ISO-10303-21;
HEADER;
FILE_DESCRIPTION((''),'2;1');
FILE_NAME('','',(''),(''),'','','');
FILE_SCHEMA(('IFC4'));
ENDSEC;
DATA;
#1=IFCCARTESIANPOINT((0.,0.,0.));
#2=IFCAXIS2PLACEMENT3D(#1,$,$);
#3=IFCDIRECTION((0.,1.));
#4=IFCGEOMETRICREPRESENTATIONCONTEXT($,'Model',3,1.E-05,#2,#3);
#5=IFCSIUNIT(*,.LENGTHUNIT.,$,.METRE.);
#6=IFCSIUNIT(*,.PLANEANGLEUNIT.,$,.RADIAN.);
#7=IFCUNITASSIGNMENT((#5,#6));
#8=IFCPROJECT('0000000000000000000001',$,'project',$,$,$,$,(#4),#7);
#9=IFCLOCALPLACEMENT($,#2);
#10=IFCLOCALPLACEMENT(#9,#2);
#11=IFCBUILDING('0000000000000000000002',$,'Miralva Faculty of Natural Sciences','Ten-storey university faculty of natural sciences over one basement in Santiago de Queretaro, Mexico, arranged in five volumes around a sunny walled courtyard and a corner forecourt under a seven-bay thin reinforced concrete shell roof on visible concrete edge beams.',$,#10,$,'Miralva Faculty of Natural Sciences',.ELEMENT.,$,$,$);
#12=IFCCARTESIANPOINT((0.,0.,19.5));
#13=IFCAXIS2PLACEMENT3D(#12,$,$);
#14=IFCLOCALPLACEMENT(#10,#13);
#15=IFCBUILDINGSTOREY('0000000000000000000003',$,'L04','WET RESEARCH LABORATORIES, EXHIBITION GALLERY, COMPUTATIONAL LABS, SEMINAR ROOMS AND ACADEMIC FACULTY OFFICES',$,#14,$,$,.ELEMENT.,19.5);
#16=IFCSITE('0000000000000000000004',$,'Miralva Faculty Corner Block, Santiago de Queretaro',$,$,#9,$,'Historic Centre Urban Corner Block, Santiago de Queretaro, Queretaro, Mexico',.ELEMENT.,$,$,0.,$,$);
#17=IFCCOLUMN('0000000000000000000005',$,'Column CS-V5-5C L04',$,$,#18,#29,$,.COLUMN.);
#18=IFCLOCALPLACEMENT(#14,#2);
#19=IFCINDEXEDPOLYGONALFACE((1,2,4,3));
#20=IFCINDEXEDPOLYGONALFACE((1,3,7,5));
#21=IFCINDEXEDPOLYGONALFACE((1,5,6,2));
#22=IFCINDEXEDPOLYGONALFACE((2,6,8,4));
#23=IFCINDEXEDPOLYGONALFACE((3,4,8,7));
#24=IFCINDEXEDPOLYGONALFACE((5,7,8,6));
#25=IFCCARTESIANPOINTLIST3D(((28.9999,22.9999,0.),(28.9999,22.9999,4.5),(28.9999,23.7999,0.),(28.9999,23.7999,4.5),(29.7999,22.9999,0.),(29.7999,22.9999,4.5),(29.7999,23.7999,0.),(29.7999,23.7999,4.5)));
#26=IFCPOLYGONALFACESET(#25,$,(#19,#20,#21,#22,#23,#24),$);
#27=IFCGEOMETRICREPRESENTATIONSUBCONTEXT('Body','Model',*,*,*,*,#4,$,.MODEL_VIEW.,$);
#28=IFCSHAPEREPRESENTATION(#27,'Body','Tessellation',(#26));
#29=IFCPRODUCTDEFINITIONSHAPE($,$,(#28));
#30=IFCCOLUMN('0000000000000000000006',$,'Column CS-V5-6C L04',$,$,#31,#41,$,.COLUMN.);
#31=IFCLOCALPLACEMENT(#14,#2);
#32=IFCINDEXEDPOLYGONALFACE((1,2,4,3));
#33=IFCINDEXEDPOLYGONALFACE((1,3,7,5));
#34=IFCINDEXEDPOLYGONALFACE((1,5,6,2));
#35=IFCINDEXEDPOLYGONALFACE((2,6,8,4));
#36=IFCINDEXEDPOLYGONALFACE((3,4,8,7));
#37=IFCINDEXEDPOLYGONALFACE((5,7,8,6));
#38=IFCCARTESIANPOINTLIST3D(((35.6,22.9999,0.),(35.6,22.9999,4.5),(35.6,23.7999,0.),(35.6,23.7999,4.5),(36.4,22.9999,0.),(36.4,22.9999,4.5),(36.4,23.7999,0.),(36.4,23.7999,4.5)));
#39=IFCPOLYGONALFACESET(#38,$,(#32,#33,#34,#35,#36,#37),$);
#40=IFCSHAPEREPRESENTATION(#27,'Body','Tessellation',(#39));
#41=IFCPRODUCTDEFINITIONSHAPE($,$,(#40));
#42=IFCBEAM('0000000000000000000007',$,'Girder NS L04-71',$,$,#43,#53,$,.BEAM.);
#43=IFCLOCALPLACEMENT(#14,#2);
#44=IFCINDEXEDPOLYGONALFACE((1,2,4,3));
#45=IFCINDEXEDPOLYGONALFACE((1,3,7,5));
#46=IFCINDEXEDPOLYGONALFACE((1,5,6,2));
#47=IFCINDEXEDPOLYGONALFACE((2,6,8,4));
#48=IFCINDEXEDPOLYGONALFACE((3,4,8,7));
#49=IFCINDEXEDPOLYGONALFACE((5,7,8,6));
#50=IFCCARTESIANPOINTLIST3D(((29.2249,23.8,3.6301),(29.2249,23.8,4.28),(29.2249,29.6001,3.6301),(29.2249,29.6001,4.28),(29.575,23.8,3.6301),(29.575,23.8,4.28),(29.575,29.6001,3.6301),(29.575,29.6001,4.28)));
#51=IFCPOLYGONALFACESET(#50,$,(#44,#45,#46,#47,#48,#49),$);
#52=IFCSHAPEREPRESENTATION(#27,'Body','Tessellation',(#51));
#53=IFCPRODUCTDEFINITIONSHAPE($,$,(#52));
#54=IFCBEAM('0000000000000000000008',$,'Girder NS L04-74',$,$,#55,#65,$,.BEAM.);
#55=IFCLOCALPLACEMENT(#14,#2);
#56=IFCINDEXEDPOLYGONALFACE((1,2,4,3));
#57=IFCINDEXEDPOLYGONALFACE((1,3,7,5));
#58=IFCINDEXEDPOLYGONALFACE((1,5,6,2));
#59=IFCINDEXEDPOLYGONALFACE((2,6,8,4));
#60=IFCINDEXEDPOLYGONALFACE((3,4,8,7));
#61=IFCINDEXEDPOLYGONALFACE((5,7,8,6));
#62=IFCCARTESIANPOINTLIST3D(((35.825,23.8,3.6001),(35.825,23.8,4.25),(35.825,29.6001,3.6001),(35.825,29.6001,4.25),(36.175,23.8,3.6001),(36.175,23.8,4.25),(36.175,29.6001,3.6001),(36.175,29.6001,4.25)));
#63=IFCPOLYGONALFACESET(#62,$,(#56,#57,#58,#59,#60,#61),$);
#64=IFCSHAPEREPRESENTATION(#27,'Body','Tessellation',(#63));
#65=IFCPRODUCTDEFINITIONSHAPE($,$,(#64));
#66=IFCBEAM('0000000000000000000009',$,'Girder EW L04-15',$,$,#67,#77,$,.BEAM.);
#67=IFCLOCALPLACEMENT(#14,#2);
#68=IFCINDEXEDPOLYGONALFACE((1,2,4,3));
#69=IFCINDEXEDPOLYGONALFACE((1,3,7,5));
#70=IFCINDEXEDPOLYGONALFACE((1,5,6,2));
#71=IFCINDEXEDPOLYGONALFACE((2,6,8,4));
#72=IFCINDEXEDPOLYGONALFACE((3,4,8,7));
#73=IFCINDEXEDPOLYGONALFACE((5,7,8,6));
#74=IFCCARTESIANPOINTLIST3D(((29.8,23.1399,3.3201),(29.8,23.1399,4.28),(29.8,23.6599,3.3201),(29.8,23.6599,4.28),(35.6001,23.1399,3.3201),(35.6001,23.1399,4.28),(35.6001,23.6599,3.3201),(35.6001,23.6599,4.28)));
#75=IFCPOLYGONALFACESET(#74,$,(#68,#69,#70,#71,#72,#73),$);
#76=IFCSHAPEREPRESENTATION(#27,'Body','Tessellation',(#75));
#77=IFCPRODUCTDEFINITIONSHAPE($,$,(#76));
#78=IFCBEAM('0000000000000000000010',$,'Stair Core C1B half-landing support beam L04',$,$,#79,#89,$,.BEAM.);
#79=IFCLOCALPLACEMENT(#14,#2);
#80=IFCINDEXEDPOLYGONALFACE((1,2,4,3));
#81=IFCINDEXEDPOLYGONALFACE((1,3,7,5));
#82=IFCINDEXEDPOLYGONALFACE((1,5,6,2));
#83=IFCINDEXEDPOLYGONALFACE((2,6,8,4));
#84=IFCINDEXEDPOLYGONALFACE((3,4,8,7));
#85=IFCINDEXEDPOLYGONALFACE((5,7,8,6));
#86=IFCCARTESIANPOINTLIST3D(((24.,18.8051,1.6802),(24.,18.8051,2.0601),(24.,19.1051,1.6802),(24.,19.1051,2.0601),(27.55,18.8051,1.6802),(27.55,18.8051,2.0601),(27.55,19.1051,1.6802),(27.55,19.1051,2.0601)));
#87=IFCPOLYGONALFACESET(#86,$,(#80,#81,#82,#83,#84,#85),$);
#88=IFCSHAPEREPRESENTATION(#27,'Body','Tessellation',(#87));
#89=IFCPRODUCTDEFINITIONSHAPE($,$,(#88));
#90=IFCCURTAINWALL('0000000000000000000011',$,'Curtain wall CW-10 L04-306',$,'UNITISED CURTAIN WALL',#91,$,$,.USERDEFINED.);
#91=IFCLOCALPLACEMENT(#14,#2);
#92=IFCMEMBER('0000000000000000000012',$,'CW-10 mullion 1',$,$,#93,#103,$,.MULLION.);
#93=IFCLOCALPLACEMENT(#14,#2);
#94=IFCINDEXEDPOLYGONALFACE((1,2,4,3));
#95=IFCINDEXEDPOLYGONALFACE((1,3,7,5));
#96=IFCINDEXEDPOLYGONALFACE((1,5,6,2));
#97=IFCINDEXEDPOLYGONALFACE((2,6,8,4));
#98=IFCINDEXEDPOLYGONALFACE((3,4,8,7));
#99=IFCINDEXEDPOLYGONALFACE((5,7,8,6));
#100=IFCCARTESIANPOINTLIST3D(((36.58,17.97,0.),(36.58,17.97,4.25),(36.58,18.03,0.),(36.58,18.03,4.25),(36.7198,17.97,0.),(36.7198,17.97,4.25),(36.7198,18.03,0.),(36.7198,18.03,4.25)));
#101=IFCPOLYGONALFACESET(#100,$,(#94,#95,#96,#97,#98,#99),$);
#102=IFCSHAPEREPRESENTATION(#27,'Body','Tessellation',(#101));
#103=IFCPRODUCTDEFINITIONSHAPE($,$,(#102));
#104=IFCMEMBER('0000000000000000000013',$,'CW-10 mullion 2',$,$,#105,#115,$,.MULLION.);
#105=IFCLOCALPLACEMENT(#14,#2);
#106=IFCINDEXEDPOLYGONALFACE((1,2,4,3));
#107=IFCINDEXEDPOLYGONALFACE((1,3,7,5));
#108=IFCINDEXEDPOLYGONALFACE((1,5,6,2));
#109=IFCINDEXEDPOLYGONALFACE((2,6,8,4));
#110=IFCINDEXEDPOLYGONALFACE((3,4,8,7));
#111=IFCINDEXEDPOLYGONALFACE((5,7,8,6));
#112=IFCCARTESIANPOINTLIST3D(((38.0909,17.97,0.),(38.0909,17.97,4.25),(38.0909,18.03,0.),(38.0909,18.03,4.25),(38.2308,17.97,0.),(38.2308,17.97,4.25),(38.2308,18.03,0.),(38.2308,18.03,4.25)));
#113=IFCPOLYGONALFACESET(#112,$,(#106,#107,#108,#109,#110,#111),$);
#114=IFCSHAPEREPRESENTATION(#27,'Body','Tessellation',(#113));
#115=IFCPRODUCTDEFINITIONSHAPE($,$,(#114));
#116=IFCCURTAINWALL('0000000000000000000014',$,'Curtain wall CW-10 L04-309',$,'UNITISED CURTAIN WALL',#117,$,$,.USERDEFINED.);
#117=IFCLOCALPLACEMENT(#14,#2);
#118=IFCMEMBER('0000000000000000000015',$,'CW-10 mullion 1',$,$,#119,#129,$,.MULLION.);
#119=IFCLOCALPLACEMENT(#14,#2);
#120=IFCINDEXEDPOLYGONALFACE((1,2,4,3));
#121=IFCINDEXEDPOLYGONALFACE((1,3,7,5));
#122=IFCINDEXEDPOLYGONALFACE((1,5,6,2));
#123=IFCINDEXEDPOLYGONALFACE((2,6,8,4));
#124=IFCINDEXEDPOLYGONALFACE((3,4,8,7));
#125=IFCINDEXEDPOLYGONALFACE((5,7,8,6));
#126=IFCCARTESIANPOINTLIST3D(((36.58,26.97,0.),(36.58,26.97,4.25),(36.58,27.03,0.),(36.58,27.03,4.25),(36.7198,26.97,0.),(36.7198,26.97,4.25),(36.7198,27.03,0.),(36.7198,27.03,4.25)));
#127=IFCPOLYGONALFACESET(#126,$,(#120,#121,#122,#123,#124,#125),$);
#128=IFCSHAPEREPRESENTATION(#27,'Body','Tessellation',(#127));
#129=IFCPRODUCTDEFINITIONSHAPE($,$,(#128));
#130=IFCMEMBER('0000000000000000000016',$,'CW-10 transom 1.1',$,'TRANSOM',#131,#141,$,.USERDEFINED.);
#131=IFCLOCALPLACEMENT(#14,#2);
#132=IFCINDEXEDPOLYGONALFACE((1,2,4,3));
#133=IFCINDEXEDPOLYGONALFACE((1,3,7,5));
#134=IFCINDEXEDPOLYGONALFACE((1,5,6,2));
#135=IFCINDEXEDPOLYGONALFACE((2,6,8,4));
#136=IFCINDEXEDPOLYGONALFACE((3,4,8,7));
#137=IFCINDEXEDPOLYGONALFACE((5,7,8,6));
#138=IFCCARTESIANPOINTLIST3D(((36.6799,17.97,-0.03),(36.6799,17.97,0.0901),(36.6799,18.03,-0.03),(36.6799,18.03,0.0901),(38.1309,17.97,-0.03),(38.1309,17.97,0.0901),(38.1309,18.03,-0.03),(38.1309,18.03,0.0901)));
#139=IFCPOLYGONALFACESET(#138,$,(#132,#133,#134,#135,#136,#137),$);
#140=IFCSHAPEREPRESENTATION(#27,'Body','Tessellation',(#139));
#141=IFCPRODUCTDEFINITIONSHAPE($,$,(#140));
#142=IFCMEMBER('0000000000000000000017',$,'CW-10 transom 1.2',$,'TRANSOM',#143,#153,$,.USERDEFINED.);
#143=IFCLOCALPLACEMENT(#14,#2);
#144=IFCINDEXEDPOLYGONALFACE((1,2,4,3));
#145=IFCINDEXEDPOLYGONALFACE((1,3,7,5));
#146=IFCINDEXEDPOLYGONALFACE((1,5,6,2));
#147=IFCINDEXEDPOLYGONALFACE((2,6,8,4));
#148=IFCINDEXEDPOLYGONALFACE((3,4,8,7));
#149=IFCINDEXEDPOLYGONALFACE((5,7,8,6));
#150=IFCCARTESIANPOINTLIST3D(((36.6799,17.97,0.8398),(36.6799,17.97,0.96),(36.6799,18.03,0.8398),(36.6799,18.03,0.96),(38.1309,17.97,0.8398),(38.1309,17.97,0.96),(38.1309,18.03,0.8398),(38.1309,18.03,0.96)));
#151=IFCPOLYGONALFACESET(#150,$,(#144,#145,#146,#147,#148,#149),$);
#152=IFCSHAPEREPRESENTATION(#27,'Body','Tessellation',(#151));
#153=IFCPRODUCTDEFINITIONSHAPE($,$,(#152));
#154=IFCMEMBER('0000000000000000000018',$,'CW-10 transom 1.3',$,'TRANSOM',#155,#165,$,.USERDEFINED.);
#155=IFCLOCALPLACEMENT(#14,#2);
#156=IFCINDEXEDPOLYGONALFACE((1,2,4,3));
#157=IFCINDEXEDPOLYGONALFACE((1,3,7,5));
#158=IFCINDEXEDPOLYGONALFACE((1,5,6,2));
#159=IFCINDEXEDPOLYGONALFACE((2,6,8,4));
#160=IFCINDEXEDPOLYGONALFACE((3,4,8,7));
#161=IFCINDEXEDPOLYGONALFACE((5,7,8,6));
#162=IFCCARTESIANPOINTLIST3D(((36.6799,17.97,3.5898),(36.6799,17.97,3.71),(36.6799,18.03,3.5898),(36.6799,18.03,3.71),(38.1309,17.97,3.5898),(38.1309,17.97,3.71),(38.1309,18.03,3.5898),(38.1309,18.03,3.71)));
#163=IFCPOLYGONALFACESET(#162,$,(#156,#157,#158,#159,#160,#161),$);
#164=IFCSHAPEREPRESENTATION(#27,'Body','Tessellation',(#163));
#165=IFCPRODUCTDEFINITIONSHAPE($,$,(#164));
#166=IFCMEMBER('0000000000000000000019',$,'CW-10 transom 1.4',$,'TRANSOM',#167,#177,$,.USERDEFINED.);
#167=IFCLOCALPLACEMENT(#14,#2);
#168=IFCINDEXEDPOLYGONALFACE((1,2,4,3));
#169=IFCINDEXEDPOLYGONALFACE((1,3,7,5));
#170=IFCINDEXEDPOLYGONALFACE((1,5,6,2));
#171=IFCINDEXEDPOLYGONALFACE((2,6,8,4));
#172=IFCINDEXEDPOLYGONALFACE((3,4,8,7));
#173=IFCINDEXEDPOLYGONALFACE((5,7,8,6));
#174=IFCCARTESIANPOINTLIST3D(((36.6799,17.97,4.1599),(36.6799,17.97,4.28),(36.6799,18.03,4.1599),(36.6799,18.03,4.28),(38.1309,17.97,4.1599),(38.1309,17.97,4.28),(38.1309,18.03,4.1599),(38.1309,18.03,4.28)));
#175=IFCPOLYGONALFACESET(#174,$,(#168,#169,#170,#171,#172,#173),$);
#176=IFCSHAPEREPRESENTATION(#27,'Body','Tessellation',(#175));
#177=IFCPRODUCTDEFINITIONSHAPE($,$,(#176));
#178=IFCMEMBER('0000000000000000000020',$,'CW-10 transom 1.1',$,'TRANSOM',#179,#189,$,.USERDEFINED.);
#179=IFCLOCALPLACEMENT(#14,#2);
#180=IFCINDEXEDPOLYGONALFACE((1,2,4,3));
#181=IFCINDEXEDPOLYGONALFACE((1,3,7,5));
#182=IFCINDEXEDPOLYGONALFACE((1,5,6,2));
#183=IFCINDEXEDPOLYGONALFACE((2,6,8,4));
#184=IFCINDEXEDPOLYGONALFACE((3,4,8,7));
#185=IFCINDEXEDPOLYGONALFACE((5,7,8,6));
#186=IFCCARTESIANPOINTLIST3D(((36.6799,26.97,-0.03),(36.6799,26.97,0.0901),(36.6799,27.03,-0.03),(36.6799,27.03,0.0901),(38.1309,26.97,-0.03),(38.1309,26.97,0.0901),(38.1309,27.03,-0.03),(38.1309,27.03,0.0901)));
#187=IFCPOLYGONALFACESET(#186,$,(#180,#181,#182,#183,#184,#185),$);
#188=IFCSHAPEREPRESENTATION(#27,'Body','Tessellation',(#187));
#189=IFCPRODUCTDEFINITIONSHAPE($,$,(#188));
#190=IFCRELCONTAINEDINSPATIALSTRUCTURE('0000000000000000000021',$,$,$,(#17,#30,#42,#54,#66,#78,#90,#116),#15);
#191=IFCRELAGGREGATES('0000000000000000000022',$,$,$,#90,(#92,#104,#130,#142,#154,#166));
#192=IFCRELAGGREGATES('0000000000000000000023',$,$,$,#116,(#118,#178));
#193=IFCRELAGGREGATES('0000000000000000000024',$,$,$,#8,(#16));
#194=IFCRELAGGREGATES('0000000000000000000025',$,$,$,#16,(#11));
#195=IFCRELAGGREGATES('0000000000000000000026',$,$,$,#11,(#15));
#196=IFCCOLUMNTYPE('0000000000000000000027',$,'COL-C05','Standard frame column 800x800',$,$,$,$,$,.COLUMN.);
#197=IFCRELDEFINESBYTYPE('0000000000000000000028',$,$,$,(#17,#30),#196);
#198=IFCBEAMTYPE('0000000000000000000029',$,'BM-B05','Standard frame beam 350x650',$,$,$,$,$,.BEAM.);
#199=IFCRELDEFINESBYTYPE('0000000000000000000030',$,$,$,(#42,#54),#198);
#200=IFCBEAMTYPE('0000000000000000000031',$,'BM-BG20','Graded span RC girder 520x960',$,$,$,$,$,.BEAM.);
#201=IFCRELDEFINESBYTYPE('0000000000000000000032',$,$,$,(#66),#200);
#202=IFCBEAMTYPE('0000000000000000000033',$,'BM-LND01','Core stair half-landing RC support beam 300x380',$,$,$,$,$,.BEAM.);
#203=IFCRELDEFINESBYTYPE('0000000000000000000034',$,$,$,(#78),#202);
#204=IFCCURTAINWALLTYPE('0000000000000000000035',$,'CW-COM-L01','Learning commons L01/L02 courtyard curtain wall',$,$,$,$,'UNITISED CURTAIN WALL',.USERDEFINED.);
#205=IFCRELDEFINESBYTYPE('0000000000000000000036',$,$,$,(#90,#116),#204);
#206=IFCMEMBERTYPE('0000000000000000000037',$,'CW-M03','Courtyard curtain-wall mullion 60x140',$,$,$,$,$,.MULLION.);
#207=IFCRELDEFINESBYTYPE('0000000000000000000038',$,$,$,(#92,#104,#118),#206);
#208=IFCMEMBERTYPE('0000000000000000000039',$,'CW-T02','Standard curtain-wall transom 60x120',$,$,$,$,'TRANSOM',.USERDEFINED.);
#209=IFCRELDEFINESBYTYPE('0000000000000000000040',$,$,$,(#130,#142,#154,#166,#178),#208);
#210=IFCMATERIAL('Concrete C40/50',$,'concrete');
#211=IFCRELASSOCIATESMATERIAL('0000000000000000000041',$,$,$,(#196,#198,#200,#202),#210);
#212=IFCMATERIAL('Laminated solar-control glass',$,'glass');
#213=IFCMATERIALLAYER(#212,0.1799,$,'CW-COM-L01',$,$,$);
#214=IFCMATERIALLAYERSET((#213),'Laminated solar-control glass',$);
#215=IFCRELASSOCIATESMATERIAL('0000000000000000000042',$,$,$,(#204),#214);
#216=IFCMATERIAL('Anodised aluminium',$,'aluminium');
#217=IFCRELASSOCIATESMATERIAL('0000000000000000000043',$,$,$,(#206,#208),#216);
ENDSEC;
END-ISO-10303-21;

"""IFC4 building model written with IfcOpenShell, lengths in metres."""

from ifc_helpers import new_model, si_unit, direction, frame, origin, origin_2d, place, context, subcontext, project, spatial, rectangle, extrude, material, layer, layer_set, material_profile, profile_set, type_object, element, aggregate, save


model = new_model("IFC4")

# Units and contexts
model_context = context("Model", 3, precision=1e-05, world=origin(), true_north=direction((0.0, 1.0)))
body_context = subcontext(model_context, "Body", "Model", "MODEL_VIEW")
ifc_project = project(units=[si_unit("LENGTHUNIT", "METRE"), si_unit("PLANEANGLEUNIT", "RADIAN")], contexts=[model_context])

# Site, building, storey
site_placement = place(None, origin())
site = spatial("IfcSite", under=ifc_project, at=site_placement, Name="Miralva Faculty Corner Block, Santiago de Queretaro", LongName="Historic Centre Urban Corner Block, Santiago de Queretaro, Queretaro, Mexico", CompositionType="ELEMENT", RefElevation=0.0)
building_placement = place(site_placement, origin())
building = spatial("IfcBuilding", under=site, at=building_placement, Name="Miralva Faculty of Natural Sciences", Description="Ten-storey university faculty of natural sciences over one basement in Santiago de Queretaro, Mexico, arranged in five volumes around a sunny walled courtyard and a corner forecourt under a seven-bay thin reinforced concrete shell roof on visible concrete edge beams.", LongName="Miralva Faculty of Natural Sciences", CompositionType="ELEMENT")
storey_placement = place(building_placement, frame((0.0, 0.0, 19.5)))
storey = spatial("IfcBuildingStorey", under=building, at=storey_placement, Name="L04", Description="WET RESEARCH LABORATORIES, EXHIBITION GALLERY, COMPUTATIONAL LABS, SEMINAR ROOMS AND ACADEMIC FACULTY OFFICES", CompositionType="ELEMENT", Elevation=19.5)

# Columns
ifc_material_1 = material(Name="Concrete C40/50", Category="concrete")
ifc_material_profile_1 = material_profile(ifc_material_1, rectangle(XDim=0.8, YDim=0.8, at=origin_2d()), Name="RC 800x800")
ifc_profile_set_1 = profile_set([ifc_material_profile_1], Name="Concrete C40/50")
column_type = type_object("IfcColumnType", Name="COL-C05", Description="Standard frame column 800x800", PredefinedType="COLUMN", material=ifc_profile_set_1)
for number, where, z_axis, x_axis, name in (
    (1, (29.3999, 23.3999, 0.0), (0.0, 0.0, 1.0), (1.0, 0.0, 0.0), "Column CS-V5-5C L04"),
    (2, (36.0, 23.3999, 0.0), (0.0, 0.0, 1.0), (1.0, 0.0, 0.0), "Column CS-V5-6C L04"),
):
    element("IfcColumn", number, at=place(storey_placement, frame(where, z_axis=z_axis, x_axis=x_axis)), inside=storey, type_object=column_type, Name=name, PredefinedType="COLUMN", context=body_context, shape_type="SweptSolid", body=[
        extrude(rectangle(XDim=0.8, YDim=0.8, at=origin_2d()), origin(), (0.0, 0.0, 1.0), 4.5),
    ])

# Beams
ifc_material_profile_2 = material_profile(ifc_material_1, rectangle(XDim=0.3501, YDim=0.6499, at=origin_2d()), Name="RC 350x650")
ifc_profile_set_2 = profile_set([ifc_material_profile_2], Name="Concrete C40/50")
beam_type_1 = type_object("IfcBeamType", Name="BM-B05", Description="Standard frame beam 350x650", PredefinedType="BEAM", material=ifc_profile_set_2)
for number, where, z_axis, x_axis, name in (
    (3, (29.3999, 23.8, 3.9551), (0.0, 1.0, 0.0), (-1.0, 0.0, 0.0), "Girder NS L04-71"),
    (4, (36.0, 23.8, 3.925), (0.0, 1.0, 0.0), (-1.0, 0.0, 0.0), "Girder NS L04-74"),
):
    element("IfcBeam", number, at=place(storey_placement, frame(where, z_axis=z_axis, x_axis=x_axis)), inside=storey, type_object=beam_type_1, Name=name, PredefinedType="BEAM", context=body_context, shape_type="SweptSolid", body=[
        extrude(rectangle(XDim=0.3501, YDim=0.6499, at=origin_2d()), origin(), (0.0, 0.0, 1.0), 5.8),
    ])
ifc_material_profile_3 = material_profile(ifc_material_1, rectangle(XDim=0.52, YDim=0.96, at=origin_2d()), Name="RC 520x960")
ifc_profile_set_3 = profile_set([ifc_material_profile_3], Name="Concrete C40/50")
beam_type_2 = type_object("IfcBeamType", Name="BM-BG20", Description="Graded span RC girder 520x960", PredefinedType="BEAM", material=ifc_profile_set_3)
beam_1_placement = place(storey_placement, frame((29.8, 23.3999, 3.8), z_axis=(1.0, 0.0, 0.0), x_axis=(0.0, 1.0, 0.0)))
element("IfcBeam", 5, at=beam_1_placement, inside=storey, type_object=beam_type_2, Name="Girder EW L04-15", PredefinedType="BEAM", context=body_context, shape_type="SweptSolid", body=[
    extrude(rectangle(XDim=0.52, YDim=0.96, at=origin_2d()), origin(), (0.0, 0.0, 1.0), 5.8),
])
ifc_material_profile_4 = material_profile(ifc_material_1, rectangle(XDim=0.3, YDim=0.3799, at=origin_2d()), Name="RC 300x380")
ifc_profile_set_4 = profile_set([ifc_material_profile_4], Name="Concrete C40/50")
beam_type_3 = type_object("IfcBeamType", Name="BM-LND01", Description="Core stair half-landing RC support beam 300x380", PredefinedType="BEAM", material=ifc_profile_set_4)
beam_2_placement = place(storey_placement, frame((24.0, 18.9551, 1.8701), z_axis=(1.0, 0.0, 0.0), x_axis=(0.0, 1.0, 0.0)))
element("IfcBeam", 6, at=beam_2_placement, inside=storey, type_object=beam_type_3, Name="Stair Core C1B half-landing support beam L04", PredefinedType="BEAM", context=body_context, shape_type="SweptSolid", body=[
    extrude(rectangle(XDim=0.3, YDim=0.3799, at=origin_2d()), origin(), (0.0, 0.0, 1.0), 3.55),
])

# Curtain wall, members
ifc_material_2 = material(Name="Laminated solar-control glass", Category="glass")
ifc_layer_1 = layer(ifc_material_2, 0.1799, Name="CW-COM-L01")
ifc_layer_set_1 = layer_set([ifc_layer_1], Name="Laminated solar-control glass")
curtain_wall_type = type_object("IfcCurtainWallType", Name="CW-COM-L01", Description="Learning commons L01/L02 courtyard curtain wall", ElementType="UNITISED CURTAIN WALL", PredefinedType="USERDEFINED", material=ifc_layer_set_1)
curtain_wall_1_placement = place(storey_placement, origin())
curtain_wall_1 = element("IfcCurtainWall", 7, at=curtain_wall_1_placement, inside=storey, type_object=curtain_wall_type, Name="Curtain wall CW-10 L04-306", ObjectType="UNITISED CURTAIN WALL", PredefinedType="USERDEFINED")
ifc_material_3 = material(Name="Anodised aluminium", Category="aluminium")
ifc_material_profile_5 = material_profile(ifc_material_3, rectangle(XDim=0.0601, YDim=0.1399, at=origin_2d()), Name="MULLION 60x140")
ifc_profile_set_5 = profile_set([ifc_material_profile_5], Name="Anodised aluminium")
member_type_1 = type_object("IfcMemberType", Name="CW-M03", Description="Courtyard curtain-wall mullion 60x140", PredefinedType="MULLION", material=ifc_profile_set_5)
member_1_placement = place(storey_placement, frame((36.6499, 18.0, 0.0), z_axis=(0.0, 0.0, 1.0), x_axis=(0.0, 1.0, 0.0)))
member_1 = element("IfcMember", 8, at=member_1_placement, type_object=member_type_1, Name="CW-10 mullion 1", PredefinedType="MULLION", context=body_context, shape_type="SweptSolid", body=[
    extrude(rectangle(XDim=0.0601, YDim=0.1399, at=origin_2d()), origin(), (0.0, 0.0, 1.0), 4.25),
])
member_2_placement = place(storey_placement, frame((38.1609, 18.0, 0.0), z_axis=(0.0, 0.0, 1.0), x_axis=(0.0, 1.0, 0.0)))
member_2 = element("IfcMember", 9, at=member_2_placement, type_object=member_type_1, Name="CW-10 mullion 2", PredefinedType="MULLION", context=body_context, shape_type="SweptSolid", body=[
    extrude(rectangle(XDim=0.0601, YDim=0.1399, at=origin_2d()), origin(), (0.0, 0.0, 1.0), 4.25),
])

# Curtain wall, member
curtain_wall_2_placement = place(storey_placement, origin())
curtain_wall_2 = element("IfcCurtainWall", 10, at=curtain_wall_2_placement, inside=storey, type_object=curtain_wall_type, Name="Curtain wall CW-10 L04-309", ObjectType="UNITISED CURTAIN WALL", PredefinedType="USERDEFINED")
member_3_placement = place(storey_placement, frame((36.6499, 27.0, 0.0), z_axis=(0.0, 0.0, 1.0), x_axis=(0.0, 1.0, 0.0)))
member_3 = element("IfcMember", 11, at=member_3_placement, type_object=member_type_1, Name="CW-10 mullion 1", PredefinedType="MULLION", context=body_context, shape_type="SweptSolid", body=[
    extrude(rectangle(XDim=0.0601, YDim=0.1399, at=origin_2d()), origin(), (0.0, 0.0, 1.0), 4.25),
])

# Members
ifc_material_profile_6 = material_profile(ifc_material_3, rectangle(XDim=0.0601, YDim=0.1201, at=origin_2d()), Name="TRANSOM 60x120")
ifc_profile_set_6 = profile_set([ifc_material_profile_6], Name="Anodised aluminium")
member_type_2 = type_object("IfcMemberType", Name="CW-T02", Description="Standard curtain-wall transom 60x120", ElementType="TRANSOM", PredefinedType="USERDEFINED", material=ifc_profile_set_6)
member_4_placement = place(storey_placement, frame((36.6799, 18.0, 0.03), z_axis=(1.0, 0.0, 0.0), x_axis=(0.0, 1.0, 0.0)))
member_4 = element("IfcMember", 12, at=member_4_placement, type_object=member_type_2, Name="CW-10 transom 1.1", ObjectType="TRANSOM", PredefinedType="USERDEFINED", context=body_context, shape_type="SweptSolid", body=[
    extrude(rectangle(XDim=0.0601, YDim=0.1201, at=origin_2d()), origin(), (0.0, 0.0, 1.0), 1.4509),
])
member_5_placement = place(storey_placement, frame((36.6799, 18.0, 0.8999), z_axis=(1.0, 0.0, 0.0), x_axis=(0.0, 1.0, 0.0)))
member_5 = element("IfcMember", 13, at=member_5_placement, type_object=member_type_2, Name="CW-10 transom 1.2", ObjectType="TRANSOM", PredefinedType="USERDEFINED", context=body_context, shape_type="SweptSolid", body=[
    extrude(rectangle(XDim=0.0601, YDim=0.1201, at=origin_2d()), origin(), (0.0, 0.0, 1.0), 1.4509),
])
member_6_placement = place(storey_placement, frame((36.6799, 18.0, 3.6499), z_axis=(1.0, 0.0, 0.0), x_axis=(0.0, 1.0, 0.0)))
member_6 = element("IfcMember", 14, at=member_6_placement, type_object=member_type_2, Name="CW-10 transom 1.3", ObjectType="TRANSOM", PredefinedType="USERDEFINED", context=body_context, shape_type="SweptSolid", body=[
    extrude(rectangle(XDim=0.0601, YDim=0.1201, at=origin_2d()), origin(), (0.0, 0.0, 1.0), 1.4509),
])
member_7_placement = place(storey_placement, frame((36.6799, 18.0, 4.22), z_axis=(1.0, 0.0, 0.0), x_axis=(0.0, 1.0, 0.0)))
member_7 = element("IfcMember", 15, at=member_7_placement, type_object=member_type_2, Name="CW-10 transom 1.4", ObjectType="TRANSOM", PredefinedType="USERDEFINED", context=body_context, shape_type="SweptSolid", body=[
    extrude(rectangle(XDim=0.0601, YDim=0.1201, at=origin_2d()), origin(), (0.0, 0.0, 1.0), 1.4509),
])
member_8_placement = place(storey_placement, frame((36.6799, 27.0, 0.03), z_axis=(1.0, 0.0, 0.0), x_axis=(0.0, 1.0, 0.0)))
member_8 = element("IfcMember", 16, at=member_8_placement, type_object=member_type_2, Name="CW-10 transom 1.1", ObjectType="TRANSOM", PredefinedType="USERDEFINED", context=body_context, shape_type="SweptSolid", body=[
    extrude(rectangle(XDim=0.0601, YDim=0.1201, at=origin_2d()), origin(), (0.0, 0.0, 1.0), 1.4509),
])

aggregate(curtain_wall_1, [member_1, member_2, member_4, member_5, member_6, member_7])
aggregate(curtain_wall_2, [member_3, member_8])

save(model, "model.ifc")
